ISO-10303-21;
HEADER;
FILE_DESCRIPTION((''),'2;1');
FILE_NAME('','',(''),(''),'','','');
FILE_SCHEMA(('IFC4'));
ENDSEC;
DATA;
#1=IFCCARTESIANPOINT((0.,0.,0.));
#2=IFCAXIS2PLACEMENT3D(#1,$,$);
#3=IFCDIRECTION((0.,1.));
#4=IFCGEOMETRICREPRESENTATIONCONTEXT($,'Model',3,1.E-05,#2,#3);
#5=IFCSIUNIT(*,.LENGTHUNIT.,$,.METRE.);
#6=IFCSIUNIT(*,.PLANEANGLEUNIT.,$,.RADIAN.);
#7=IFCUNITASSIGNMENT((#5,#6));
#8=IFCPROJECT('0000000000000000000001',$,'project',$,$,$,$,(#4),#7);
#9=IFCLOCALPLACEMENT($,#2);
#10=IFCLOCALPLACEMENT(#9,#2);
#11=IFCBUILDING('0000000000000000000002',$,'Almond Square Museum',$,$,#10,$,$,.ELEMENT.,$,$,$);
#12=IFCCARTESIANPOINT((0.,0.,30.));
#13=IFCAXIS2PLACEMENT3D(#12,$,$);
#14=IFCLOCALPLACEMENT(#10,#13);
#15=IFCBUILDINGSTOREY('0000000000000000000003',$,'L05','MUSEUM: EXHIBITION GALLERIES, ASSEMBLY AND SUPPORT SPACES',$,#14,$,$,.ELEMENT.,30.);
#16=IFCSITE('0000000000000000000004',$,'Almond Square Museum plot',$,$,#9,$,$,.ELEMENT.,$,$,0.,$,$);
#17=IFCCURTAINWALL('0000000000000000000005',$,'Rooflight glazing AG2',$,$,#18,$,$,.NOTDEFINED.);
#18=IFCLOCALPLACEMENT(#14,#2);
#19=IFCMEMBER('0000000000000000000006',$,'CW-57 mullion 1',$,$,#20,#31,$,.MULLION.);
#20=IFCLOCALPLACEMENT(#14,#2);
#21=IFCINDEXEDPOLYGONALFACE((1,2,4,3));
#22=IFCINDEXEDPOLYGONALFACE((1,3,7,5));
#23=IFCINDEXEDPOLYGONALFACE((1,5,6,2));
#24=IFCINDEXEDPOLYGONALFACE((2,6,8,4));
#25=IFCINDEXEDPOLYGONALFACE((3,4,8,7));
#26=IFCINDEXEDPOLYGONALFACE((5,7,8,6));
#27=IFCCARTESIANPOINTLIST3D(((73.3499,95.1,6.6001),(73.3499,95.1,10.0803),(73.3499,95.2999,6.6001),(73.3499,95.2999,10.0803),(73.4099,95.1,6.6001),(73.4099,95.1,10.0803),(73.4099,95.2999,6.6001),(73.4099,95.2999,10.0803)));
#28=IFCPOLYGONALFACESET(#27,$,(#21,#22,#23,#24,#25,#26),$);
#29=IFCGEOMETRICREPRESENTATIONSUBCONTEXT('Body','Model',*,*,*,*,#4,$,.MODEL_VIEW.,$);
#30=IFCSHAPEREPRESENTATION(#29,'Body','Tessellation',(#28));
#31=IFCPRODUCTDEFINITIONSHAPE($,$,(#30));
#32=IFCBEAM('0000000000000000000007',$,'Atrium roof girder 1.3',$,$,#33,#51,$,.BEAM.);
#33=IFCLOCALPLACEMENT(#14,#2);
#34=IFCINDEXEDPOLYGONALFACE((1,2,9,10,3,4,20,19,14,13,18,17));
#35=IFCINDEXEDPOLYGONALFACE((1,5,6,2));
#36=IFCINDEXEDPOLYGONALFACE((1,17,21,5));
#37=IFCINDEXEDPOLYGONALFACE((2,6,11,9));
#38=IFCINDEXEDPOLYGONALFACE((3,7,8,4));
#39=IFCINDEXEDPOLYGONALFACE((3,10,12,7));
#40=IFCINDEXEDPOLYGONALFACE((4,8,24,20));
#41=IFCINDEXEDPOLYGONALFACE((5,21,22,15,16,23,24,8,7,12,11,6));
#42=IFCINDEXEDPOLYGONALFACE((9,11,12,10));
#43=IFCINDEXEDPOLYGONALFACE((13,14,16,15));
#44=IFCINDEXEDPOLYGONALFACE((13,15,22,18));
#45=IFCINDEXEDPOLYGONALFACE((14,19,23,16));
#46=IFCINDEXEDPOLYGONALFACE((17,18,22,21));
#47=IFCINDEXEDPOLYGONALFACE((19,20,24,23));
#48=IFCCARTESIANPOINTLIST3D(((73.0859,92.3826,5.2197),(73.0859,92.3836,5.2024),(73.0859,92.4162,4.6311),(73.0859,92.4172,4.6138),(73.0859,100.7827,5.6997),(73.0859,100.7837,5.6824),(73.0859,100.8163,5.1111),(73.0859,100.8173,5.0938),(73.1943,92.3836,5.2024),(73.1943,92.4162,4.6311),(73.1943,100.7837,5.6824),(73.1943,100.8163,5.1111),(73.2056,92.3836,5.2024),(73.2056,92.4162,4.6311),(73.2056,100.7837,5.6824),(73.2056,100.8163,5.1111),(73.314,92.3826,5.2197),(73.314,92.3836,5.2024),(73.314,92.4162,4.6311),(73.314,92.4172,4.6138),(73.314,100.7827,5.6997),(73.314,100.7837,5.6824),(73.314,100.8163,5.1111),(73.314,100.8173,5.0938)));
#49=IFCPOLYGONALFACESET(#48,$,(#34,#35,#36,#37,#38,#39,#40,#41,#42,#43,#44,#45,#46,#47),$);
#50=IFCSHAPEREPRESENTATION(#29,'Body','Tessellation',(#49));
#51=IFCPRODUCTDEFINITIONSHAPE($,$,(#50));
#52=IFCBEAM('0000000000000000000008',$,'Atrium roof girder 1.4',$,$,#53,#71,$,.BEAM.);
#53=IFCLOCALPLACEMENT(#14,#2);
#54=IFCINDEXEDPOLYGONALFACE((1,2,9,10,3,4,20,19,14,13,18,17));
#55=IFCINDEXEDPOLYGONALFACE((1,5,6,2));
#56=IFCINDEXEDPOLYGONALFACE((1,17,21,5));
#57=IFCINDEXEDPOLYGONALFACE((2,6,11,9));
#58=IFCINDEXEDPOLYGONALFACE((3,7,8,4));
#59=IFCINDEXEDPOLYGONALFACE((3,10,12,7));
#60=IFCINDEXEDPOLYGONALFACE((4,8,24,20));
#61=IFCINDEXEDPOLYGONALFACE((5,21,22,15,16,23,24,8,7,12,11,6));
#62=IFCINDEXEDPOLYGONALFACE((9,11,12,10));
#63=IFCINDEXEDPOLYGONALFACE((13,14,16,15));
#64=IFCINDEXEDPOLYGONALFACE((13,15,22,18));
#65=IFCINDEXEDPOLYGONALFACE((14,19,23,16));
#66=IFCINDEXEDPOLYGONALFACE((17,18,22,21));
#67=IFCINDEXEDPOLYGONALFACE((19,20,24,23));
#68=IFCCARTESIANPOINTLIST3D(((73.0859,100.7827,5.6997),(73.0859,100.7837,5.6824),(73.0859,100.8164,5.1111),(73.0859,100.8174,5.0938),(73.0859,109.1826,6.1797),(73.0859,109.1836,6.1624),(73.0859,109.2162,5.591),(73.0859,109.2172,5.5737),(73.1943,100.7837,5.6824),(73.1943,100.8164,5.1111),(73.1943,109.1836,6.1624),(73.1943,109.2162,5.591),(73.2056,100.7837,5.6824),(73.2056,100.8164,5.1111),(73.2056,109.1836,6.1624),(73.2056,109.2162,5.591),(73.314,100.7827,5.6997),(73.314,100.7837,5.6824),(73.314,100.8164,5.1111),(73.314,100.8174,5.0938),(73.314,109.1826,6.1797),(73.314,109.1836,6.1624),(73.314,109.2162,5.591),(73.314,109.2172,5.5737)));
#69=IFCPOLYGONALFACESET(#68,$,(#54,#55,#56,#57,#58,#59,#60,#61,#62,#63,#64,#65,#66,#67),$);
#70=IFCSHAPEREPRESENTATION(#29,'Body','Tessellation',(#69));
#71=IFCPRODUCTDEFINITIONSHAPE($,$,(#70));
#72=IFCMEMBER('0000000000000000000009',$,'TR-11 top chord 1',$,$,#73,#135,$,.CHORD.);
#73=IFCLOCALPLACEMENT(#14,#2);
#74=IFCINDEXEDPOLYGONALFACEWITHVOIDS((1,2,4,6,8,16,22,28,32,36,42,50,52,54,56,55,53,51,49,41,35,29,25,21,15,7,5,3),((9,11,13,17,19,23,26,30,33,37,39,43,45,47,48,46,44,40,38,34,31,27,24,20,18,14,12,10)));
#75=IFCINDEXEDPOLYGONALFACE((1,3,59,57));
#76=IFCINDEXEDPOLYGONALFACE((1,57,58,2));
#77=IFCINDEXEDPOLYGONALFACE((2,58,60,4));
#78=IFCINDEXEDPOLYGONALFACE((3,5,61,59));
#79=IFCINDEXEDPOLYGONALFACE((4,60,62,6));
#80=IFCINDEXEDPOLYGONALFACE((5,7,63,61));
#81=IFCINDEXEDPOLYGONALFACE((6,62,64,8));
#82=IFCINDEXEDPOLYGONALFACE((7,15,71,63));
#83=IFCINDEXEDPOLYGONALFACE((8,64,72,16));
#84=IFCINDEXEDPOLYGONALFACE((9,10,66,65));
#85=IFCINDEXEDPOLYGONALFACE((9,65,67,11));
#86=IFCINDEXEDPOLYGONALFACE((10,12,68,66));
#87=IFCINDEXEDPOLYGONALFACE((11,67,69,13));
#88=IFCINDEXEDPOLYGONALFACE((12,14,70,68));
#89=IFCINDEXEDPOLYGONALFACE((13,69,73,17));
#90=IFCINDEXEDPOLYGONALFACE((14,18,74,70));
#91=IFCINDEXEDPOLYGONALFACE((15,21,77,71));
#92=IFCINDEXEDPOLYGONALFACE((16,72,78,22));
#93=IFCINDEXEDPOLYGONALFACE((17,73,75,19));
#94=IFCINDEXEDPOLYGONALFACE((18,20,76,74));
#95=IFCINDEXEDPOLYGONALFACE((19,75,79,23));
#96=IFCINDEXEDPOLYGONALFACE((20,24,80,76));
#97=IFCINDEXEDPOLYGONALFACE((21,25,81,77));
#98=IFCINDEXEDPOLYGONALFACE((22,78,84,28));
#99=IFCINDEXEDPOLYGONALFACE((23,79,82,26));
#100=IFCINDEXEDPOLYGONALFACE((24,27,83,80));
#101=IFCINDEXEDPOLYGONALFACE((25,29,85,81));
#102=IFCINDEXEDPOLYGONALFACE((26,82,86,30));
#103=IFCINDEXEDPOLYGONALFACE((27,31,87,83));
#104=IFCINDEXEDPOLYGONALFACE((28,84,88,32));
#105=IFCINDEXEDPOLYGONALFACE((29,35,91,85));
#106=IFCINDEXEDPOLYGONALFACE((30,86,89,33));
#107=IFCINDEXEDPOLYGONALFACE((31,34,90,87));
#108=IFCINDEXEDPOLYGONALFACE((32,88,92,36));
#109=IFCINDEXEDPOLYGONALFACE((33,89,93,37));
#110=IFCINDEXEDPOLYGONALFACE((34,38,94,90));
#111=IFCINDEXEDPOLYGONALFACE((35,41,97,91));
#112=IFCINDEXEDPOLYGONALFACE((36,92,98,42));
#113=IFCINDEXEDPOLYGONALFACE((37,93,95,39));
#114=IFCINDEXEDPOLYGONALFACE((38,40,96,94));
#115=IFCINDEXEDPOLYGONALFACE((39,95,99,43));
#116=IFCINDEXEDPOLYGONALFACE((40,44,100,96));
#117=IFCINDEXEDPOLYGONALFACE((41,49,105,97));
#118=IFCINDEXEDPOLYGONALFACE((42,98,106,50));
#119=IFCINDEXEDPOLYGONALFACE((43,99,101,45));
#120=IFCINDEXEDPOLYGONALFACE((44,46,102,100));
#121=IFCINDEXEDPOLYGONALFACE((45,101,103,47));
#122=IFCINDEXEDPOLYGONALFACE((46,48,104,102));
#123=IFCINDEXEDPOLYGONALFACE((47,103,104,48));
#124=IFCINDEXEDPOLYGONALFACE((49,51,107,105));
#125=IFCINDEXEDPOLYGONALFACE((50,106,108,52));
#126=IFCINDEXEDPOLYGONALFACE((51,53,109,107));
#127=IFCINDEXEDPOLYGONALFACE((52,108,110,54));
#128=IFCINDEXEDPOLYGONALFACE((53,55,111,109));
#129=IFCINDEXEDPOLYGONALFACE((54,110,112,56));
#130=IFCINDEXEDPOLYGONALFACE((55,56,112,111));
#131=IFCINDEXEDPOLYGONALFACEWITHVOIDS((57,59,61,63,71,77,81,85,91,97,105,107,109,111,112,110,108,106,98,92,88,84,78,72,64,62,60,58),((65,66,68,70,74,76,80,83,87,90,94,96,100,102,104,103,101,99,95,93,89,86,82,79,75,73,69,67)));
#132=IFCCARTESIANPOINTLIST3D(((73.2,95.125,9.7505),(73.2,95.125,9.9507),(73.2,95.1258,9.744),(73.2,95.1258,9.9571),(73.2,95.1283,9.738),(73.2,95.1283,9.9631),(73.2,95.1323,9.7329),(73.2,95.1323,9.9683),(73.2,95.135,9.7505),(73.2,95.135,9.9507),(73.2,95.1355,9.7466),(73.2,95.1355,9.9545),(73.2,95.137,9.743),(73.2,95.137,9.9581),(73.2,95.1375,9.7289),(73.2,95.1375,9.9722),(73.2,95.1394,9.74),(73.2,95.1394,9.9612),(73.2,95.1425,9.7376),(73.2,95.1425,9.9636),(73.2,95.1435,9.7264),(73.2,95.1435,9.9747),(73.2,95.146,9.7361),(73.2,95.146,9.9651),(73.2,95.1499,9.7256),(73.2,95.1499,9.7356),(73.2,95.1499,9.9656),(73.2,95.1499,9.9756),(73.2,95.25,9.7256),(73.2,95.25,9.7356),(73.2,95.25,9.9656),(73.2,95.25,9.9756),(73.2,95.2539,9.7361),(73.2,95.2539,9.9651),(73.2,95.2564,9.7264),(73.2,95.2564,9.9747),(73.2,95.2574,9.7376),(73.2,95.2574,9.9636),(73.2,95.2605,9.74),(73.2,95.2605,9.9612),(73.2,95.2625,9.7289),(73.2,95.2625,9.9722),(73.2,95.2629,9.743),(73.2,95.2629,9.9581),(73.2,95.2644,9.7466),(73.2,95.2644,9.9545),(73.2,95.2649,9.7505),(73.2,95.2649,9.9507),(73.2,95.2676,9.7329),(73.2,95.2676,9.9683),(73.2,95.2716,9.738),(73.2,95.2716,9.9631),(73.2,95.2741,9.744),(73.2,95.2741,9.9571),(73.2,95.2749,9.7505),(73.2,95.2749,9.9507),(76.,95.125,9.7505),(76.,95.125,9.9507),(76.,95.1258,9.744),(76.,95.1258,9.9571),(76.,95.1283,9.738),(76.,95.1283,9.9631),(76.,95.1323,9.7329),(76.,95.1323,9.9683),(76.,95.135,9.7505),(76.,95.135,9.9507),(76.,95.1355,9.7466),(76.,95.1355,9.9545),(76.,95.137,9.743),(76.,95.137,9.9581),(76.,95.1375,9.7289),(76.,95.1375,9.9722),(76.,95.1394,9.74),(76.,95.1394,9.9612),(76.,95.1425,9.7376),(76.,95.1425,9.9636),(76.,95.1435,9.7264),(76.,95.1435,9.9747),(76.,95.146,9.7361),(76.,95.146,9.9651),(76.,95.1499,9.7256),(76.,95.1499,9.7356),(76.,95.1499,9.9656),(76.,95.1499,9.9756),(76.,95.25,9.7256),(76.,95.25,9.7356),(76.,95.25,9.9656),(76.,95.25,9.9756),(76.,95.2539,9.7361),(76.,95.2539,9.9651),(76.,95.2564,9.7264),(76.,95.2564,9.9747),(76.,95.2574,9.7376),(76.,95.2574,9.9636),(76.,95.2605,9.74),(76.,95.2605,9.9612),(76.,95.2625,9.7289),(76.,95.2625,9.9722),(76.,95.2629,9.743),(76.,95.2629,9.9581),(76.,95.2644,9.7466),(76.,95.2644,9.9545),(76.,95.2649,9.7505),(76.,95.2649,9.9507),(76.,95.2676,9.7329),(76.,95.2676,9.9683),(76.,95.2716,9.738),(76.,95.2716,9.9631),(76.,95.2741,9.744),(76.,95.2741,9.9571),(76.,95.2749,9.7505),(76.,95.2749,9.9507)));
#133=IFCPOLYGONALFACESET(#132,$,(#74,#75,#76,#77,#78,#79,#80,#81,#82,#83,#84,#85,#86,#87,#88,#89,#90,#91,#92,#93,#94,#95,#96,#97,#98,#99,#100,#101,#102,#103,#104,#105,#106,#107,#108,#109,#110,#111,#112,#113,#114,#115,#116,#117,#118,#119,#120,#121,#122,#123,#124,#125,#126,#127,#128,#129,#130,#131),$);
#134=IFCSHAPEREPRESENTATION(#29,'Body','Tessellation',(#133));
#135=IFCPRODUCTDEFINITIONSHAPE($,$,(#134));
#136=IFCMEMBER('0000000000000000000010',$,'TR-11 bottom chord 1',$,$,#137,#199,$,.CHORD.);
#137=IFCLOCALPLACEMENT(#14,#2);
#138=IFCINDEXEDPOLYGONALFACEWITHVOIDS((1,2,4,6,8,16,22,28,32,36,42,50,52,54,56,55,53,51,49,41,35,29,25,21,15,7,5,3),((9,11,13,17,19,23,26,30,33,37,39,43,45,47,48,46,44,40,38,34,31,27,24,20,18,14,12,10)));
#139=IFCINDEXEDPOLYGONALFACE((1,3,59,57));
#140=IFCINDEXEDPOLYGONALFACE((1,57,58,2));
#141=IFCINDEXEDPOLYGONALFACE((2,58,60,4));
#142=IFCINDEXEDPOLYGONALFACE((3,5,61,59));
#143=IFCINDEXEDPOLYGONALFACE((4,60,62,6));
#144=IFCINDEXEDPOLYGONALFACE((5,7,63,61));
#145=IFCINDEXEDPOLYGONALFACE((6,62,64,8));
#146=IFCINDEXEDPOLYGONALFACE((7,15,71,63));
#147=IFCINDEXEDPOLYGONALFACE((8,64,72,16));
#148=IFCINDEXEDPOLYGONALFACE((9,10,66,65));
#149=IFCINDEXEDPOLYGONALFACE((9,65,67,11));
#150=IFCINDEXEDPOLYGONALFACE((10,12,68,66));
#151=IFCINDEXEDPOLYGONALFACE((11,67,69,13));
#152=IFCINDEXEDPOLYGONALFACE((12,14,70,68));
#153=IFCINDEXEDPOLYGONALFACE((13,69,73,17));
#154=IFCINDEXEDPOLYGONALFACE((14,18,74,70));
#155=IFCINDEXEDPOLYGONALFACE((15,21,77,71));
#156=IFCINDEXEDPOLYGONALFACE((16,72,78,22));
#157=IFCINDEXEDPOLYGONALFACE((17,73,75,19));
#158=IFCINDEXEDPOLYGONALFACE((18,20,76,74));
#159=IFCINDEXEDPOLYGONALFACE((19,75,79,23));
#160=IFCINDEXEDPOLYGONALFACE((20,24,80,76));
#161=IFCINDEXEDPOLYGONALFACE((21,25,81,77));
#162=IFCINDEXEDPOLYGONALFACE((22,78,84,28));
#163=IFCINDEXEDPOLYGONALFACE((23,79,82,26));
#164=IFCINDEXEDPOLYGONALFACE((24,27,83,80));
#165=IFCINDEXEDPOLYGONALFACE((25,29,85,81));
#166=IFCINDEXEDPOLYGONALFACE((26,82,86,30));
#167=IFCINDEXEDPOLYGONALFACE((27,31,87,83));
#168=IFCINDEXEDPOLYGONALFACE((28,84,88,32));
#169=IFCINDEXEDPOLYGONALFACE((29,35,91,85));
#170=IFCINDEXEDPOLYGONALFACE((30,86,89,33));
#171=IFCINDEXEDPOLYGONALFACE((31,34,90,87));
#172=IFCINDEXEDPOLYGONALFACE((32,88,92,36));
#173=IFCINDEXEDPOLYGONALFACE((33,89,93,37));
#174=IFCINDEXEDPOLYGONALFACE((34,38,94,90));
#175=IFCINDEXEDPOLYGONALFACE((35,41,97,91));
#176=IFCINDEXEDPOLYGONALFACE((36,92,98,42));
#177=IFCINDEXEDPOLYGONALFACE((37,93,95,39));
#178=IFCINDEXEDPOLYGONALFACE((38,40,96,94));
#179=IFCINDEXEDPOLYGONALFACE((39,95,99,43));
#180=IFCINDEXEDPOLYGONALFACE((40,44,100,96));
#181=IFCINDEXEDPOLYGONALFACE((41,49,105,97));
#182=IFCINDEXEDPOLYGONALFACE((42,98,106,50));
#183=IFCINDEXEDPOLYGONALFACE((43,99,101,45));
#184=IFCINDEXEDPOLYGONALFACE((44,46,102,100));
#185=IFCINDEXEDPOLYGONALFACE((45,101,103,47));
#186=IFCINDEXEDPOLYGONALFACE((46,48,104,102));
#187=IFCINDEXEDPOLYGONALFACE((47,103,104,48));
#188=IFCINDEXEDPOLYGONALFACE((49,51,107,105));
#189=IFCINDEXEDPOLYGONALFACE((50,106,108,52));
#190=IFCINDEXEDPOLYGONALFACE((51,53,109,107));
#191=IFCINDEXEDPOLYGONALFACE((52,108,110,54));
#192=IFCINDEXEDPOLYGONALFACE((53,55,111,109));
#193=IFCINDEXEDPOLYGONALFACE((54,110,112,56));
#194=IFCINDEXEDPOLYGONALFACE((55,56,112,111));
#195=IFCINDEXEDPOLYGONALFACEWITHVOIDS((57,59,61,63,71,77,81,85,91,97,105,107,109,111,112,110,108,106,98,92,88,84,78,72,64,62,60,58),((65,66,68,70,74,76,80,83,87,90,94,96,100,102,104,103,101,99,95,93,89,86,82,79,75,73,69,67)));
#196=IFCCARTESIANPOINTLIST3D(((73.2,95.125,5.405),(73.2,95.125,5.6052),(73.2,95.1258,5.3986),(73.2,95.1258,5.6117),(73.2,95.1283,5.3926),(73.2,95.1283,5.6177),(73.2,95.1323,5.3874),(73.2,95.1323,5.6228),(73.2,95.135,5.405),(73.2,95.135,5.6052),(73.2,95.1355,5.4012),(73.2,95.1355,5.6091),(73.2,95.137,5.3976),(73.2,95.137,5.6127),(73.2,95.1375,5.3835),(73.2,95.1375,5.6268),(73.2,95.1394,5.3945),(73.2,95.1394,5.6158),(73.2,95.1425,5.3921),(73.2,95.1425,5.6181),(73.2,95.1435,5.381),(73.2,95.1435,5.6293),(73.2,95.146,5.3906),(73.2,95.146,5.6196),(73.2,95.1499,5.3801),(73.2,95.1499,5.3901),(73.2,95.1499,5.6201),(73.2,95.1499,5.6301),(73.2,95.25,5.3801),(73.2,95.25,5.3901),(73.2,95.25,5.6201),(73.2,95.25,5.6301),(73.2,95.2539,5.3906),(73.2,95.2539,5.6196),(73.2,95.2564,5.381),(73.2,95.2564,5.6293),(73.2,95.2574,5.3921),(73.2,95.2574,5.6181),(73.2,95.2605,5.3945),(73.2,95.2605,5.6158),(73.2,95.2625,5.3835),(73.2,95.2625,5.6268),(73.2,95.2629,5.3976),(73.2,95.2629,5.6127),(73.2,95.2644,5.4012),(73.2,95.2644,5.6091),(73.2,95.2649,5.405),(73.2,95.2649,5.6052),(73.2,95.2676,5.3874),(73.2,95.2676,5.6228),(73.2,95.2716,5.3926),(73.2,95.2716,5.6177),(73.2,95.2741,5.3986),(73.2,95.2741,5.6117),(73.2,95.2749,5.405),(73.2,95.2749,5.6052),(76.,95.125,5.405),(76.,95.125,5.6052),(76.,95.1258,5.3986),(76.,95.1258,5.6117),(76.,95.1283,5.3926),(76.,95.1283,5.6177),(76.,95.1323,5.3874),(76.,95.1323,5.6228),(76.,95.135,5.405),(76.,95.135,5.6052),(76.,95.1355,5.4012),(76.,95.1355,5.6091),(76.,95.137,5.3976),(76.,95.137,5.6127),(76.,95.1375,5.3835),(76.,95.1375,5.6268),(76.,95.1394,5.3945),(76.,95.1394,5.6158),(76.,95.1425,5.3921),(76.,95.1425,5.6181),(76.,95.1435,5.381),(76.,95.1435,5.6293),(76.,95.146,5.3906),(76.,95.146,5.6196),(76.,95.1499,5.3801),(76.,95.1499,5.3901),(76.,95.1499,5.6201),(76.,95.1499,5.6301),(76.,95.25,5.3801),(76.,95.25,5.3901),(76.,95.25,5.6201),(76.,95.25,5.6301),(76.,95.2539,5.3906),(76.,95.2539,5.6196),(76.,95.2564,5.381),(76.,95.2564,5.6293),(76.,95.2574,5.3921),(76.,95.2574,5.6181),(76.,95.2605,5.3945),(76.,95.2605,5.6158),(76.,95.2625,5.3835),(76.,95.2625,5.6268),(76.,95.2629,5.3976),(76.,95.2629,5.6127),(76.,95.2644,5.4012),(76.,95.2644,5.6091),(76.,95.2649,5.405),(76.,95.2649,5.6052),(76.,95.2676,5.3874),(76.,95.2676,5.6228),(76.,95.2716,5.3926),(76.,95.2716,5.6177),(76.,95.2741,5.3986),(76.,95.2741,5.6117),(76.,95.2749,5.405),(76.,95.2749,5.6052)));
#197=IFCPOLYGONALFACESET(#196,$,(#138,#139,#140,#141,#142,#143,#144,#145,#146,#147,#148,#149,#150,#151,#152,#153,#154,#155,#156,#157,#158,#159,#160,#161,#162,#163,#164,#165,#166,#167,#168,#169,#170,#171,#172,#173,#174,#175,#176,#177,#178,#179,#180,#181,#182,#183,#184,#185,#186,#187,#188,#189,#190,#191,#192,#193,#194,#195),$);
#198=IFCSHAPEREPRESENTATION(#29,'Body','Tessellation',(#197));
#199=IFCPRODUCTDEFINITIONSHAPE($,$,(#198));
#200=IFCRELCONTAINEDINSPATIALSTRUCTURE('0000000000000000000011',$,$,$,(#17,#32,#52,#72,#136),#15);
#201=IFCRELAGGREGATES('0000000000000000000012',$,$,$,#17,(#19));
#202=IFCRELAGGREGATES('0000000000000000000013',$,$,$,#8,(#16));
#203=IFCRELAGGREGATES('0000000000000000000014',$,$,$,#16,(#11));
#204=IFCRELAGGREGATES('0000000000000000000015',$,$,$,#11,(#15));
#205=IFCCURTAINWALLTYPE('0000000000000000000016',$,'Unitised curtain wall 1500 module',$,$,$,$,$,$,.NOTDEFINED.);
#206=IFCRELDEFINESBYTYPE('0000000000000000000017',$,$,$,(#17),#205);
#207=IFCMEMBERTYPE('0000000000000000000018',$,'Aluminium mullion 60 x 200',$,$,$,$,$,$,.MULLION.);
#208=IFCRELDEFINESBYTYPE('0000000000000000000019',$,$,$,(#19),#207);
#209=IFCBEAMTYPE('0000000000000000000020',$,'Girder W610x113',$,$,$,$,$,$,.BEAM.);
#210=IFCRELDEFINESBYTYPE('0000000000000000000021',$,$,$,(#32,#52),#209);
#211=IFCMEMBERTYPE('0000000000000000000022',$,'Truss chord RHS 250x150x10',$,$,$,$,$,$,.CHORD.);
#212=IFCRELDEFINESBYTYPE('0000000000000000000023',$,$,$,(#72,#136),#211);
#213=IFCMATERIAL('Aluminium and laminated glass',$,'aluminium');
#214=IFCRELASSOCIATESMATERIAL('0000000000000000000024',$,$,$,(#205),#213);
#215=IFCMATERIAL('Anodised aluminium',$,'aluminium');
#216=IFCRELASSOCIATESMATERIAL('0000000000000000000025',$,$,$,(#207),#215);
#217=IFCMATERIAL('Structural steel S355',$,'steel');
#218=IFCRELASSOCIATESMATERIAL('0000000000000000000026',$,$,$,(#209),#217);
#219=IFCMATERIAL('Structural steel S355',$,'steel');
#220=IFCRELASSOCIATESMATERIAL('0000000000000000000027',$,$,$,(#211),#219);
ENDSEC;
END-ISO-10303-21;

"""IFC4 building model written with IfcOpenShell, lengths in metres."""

from ifc_helpers import new_model, si_unit, direction, frame, origin, origin_2d, place, context, subcontext, project, spatial, rectangle, hollow_rectangle, i_section, extrude, material, material_profile, profile_set, type_object, element, aggregate, save


model = new_model("IFC4")

# Units and contexts
model_context = context("Model", 3, precision=1e-05, world=origin(), true_north=direction((0.0, 1.0)))
body_context = subcontext(model_context, "Body", "Model", "MODEL_VIEW")
ifc_project = project(units=[si_unit("LENGTHUNIT", "METRE"), si_unit("PLANEANGLEUNIT", "RADIAN")], contexts=[model_context])

# Site, building, storey
site_placement = place(None, origin())
site = spatial("IfcSite", under=ifc_project, at=site_placement, Name="Almond Square Museum plot", CompositionType="ELEMENT", RefElevation=0.0)
building_placement = place(site_placement, origin())
building = spatial("IfcBuilding", under=site, at=building_placement, Name="Almond Square Museum", CompositionType="ELEMENT")
storey_placement = place(building_placement, frame((0.0, 0.0, 30.0)))
storey = spatial("IfcBuildingStorey", under=building, at=storey_placement, Name="L05", Description="MUSEUM: EXHIBITION GALLERIES, ASSEMBLY AND SUPPORT SPACES", CompositionType="ELEMENT", Elevation=30.0)

# Curtain wall, member
ifc_material_1 = material(Name="Aluminium and laminated glass", Category="aluminium")
curtain_wall_type = type_object("IfcCurtainWallType", Name="Unitised curtain wall 1500 module", PredefinedType="NOTDEFINED", material=ifc_material_1)
curtain_wall_placement = place(storey_placement, origin())
curtain_wall = element("IfcCurtainWall", 1, at=curtain_wall_placement, inside=storey, type_object=curtain_wall_type, Name="Rooflight glazing AG2", PredefinedType="NOTDEFINED")
ifc_material_2 = material(Name="Anodised aluminium", Category="aluminium")
ifc_material_profile_1 = material_profile(ifc_material_2, rectangle(XDim=0.2, YDim=0.0601, at=origin_2d()))
ifc_profile_set_1 = profile_set([ifc_material_profile_1], Name="Anodised aluminium")
member_type_1 = type_object("IfcMemberType", Name="Aluminium mullion 60 x 200", PredefinedType="MULLION", material=ifc_profile_set_1)
member_placement = place(storey_placement, frame((73.3799, 95.2, 6.6001), z_axis=(0.0, 0.0, 1.0), x_axis=(0.0, 1.0, 0.0)))
member = element("IfcMember", 2, at=member_placement, type_object=member_type_1, Name="CW-57 mullion 1", PredefinedType="MULLION", context=body_context, shape_type="SweptSolid", body=[
    extrude(rectangle(XDim=0.2, YDim=0.0601, at=origin_2d()), origin(), (0.0, 0.0, 1.0), 3.4802),
])
aggregate(curtain_wall, [member])

# Beams
ifc_material_3 = material(Name="Structural steel S355", Category="steel")
ifc_material_profile_2 = material_profile(ifc_material_3, i_section(OverallWidth=0.228, OverallDepth=0.6069, WebThickness=0.0112, FlangeThickness=0.0173, at=origin_2d()))
ifc_profile_set_2 = profile_set([ifc_material_profile_2], Name="Structural steel S355")
beam_type_1 = type_object("IfcBeamType", Name="Girder W610x113", PredefinedType="BEAM", material=ifc_profile_set_2)
beam_1_placement = place(storey_placement, frame((73.2, 92.3999, 4.9167), z_axis=(0.0, 0.998372, 0.057046), x_axis=(-1.0, 0.0, 0.0)))
element("IfcBeam", 3, at=beam_1_placement, inside=storey, type_object=beam_type_1, Name="Atrium roof girder 1.3", PredefinedType="BEAM", context=body_context, shape_type="SweptSolid", body=[
    extrude(i_section(OverallWidth=0.228, OverallDepth=0.6069, WebThickness=0.0112, FlangeThickness=0.0173, at=origin_2d()), origin(), (0.0, 0.0, 1.0), 8.4138),
])
beam_2_placement = place(storey_placement, frame((73.2, 100.8, 5.3967), z_axis=(0.0, 0.998371, 0.057048), x_axis=(-1.0, 0.0, 0.0)))
element("IfcBeam", 4, at=beam_2_placement, inside=storey, type_object=beam_type_1, Name="Atrium roof girder 1.4", PredefinedType="BEAM", context=body_context, shape_type="SweptSolid", body=[
    extrude(i_section(OverallWidth=0.228, OverallDepth=0.6069, WebThickness=0.0112, FlangeThickness=0.0173, at=origin_2d()), origin(), (0.0, 0.0, 1.0), 8.4136),
])

# Members
ifc_material_4 = material(Name="Structural steel S355", Category="steel")
ifc_material_profile_3 = material_profile(ifc_material_4, hollow_rectangle(XDim=0.1499, YDim=0.25, WallThickness=0.01, InnerFilletRadius=0.0149, OuterFilletRadius=0.0249, at=origin_2d()))
ifc_profile_set_3 = profile_set([ifc_material_profile_3], Name="Structural steel S355")
member_type_2 = type_object("IfcMemberType", Name="Truss chord RHS 250x150x10", PredefinedType="CHORD", material=ifc_profile_set_3)
for number, where, z_axis, x_axis, name in (
    (5, (73.2, 95.2, 9.8506), (1.0, 0.0, 0.0), (0.0, 1.0, 0.0), "TR-11 top chord 1"),
    (6, (73.2, 95.2, 5.5051), (1.0, 0.0, 0.0), (0.0, 1.0, 0.0), "TR-11 bottom chord 1"),
):
    element("IfcMember", number, at=place(storey_placement, frame(where, z_axis=z_axis, x_axis=x_axis)), inside=storey, type_object=member_type_2, Name=name, PredefinedType="CHORD", context=body_context, shape_type="SweptSolid", body=[
        extrude(hollow_rectangle(XDim=0.1499, YDim=0.25, WallThickness=0.01, InnerFilletRadius=0.0149, OuterFilletRadius=0.0249, at=origin_2d()), origin(), (0.0, 0.0, 1.0), 2.8),
    ])

save(model, "model.ifc")
